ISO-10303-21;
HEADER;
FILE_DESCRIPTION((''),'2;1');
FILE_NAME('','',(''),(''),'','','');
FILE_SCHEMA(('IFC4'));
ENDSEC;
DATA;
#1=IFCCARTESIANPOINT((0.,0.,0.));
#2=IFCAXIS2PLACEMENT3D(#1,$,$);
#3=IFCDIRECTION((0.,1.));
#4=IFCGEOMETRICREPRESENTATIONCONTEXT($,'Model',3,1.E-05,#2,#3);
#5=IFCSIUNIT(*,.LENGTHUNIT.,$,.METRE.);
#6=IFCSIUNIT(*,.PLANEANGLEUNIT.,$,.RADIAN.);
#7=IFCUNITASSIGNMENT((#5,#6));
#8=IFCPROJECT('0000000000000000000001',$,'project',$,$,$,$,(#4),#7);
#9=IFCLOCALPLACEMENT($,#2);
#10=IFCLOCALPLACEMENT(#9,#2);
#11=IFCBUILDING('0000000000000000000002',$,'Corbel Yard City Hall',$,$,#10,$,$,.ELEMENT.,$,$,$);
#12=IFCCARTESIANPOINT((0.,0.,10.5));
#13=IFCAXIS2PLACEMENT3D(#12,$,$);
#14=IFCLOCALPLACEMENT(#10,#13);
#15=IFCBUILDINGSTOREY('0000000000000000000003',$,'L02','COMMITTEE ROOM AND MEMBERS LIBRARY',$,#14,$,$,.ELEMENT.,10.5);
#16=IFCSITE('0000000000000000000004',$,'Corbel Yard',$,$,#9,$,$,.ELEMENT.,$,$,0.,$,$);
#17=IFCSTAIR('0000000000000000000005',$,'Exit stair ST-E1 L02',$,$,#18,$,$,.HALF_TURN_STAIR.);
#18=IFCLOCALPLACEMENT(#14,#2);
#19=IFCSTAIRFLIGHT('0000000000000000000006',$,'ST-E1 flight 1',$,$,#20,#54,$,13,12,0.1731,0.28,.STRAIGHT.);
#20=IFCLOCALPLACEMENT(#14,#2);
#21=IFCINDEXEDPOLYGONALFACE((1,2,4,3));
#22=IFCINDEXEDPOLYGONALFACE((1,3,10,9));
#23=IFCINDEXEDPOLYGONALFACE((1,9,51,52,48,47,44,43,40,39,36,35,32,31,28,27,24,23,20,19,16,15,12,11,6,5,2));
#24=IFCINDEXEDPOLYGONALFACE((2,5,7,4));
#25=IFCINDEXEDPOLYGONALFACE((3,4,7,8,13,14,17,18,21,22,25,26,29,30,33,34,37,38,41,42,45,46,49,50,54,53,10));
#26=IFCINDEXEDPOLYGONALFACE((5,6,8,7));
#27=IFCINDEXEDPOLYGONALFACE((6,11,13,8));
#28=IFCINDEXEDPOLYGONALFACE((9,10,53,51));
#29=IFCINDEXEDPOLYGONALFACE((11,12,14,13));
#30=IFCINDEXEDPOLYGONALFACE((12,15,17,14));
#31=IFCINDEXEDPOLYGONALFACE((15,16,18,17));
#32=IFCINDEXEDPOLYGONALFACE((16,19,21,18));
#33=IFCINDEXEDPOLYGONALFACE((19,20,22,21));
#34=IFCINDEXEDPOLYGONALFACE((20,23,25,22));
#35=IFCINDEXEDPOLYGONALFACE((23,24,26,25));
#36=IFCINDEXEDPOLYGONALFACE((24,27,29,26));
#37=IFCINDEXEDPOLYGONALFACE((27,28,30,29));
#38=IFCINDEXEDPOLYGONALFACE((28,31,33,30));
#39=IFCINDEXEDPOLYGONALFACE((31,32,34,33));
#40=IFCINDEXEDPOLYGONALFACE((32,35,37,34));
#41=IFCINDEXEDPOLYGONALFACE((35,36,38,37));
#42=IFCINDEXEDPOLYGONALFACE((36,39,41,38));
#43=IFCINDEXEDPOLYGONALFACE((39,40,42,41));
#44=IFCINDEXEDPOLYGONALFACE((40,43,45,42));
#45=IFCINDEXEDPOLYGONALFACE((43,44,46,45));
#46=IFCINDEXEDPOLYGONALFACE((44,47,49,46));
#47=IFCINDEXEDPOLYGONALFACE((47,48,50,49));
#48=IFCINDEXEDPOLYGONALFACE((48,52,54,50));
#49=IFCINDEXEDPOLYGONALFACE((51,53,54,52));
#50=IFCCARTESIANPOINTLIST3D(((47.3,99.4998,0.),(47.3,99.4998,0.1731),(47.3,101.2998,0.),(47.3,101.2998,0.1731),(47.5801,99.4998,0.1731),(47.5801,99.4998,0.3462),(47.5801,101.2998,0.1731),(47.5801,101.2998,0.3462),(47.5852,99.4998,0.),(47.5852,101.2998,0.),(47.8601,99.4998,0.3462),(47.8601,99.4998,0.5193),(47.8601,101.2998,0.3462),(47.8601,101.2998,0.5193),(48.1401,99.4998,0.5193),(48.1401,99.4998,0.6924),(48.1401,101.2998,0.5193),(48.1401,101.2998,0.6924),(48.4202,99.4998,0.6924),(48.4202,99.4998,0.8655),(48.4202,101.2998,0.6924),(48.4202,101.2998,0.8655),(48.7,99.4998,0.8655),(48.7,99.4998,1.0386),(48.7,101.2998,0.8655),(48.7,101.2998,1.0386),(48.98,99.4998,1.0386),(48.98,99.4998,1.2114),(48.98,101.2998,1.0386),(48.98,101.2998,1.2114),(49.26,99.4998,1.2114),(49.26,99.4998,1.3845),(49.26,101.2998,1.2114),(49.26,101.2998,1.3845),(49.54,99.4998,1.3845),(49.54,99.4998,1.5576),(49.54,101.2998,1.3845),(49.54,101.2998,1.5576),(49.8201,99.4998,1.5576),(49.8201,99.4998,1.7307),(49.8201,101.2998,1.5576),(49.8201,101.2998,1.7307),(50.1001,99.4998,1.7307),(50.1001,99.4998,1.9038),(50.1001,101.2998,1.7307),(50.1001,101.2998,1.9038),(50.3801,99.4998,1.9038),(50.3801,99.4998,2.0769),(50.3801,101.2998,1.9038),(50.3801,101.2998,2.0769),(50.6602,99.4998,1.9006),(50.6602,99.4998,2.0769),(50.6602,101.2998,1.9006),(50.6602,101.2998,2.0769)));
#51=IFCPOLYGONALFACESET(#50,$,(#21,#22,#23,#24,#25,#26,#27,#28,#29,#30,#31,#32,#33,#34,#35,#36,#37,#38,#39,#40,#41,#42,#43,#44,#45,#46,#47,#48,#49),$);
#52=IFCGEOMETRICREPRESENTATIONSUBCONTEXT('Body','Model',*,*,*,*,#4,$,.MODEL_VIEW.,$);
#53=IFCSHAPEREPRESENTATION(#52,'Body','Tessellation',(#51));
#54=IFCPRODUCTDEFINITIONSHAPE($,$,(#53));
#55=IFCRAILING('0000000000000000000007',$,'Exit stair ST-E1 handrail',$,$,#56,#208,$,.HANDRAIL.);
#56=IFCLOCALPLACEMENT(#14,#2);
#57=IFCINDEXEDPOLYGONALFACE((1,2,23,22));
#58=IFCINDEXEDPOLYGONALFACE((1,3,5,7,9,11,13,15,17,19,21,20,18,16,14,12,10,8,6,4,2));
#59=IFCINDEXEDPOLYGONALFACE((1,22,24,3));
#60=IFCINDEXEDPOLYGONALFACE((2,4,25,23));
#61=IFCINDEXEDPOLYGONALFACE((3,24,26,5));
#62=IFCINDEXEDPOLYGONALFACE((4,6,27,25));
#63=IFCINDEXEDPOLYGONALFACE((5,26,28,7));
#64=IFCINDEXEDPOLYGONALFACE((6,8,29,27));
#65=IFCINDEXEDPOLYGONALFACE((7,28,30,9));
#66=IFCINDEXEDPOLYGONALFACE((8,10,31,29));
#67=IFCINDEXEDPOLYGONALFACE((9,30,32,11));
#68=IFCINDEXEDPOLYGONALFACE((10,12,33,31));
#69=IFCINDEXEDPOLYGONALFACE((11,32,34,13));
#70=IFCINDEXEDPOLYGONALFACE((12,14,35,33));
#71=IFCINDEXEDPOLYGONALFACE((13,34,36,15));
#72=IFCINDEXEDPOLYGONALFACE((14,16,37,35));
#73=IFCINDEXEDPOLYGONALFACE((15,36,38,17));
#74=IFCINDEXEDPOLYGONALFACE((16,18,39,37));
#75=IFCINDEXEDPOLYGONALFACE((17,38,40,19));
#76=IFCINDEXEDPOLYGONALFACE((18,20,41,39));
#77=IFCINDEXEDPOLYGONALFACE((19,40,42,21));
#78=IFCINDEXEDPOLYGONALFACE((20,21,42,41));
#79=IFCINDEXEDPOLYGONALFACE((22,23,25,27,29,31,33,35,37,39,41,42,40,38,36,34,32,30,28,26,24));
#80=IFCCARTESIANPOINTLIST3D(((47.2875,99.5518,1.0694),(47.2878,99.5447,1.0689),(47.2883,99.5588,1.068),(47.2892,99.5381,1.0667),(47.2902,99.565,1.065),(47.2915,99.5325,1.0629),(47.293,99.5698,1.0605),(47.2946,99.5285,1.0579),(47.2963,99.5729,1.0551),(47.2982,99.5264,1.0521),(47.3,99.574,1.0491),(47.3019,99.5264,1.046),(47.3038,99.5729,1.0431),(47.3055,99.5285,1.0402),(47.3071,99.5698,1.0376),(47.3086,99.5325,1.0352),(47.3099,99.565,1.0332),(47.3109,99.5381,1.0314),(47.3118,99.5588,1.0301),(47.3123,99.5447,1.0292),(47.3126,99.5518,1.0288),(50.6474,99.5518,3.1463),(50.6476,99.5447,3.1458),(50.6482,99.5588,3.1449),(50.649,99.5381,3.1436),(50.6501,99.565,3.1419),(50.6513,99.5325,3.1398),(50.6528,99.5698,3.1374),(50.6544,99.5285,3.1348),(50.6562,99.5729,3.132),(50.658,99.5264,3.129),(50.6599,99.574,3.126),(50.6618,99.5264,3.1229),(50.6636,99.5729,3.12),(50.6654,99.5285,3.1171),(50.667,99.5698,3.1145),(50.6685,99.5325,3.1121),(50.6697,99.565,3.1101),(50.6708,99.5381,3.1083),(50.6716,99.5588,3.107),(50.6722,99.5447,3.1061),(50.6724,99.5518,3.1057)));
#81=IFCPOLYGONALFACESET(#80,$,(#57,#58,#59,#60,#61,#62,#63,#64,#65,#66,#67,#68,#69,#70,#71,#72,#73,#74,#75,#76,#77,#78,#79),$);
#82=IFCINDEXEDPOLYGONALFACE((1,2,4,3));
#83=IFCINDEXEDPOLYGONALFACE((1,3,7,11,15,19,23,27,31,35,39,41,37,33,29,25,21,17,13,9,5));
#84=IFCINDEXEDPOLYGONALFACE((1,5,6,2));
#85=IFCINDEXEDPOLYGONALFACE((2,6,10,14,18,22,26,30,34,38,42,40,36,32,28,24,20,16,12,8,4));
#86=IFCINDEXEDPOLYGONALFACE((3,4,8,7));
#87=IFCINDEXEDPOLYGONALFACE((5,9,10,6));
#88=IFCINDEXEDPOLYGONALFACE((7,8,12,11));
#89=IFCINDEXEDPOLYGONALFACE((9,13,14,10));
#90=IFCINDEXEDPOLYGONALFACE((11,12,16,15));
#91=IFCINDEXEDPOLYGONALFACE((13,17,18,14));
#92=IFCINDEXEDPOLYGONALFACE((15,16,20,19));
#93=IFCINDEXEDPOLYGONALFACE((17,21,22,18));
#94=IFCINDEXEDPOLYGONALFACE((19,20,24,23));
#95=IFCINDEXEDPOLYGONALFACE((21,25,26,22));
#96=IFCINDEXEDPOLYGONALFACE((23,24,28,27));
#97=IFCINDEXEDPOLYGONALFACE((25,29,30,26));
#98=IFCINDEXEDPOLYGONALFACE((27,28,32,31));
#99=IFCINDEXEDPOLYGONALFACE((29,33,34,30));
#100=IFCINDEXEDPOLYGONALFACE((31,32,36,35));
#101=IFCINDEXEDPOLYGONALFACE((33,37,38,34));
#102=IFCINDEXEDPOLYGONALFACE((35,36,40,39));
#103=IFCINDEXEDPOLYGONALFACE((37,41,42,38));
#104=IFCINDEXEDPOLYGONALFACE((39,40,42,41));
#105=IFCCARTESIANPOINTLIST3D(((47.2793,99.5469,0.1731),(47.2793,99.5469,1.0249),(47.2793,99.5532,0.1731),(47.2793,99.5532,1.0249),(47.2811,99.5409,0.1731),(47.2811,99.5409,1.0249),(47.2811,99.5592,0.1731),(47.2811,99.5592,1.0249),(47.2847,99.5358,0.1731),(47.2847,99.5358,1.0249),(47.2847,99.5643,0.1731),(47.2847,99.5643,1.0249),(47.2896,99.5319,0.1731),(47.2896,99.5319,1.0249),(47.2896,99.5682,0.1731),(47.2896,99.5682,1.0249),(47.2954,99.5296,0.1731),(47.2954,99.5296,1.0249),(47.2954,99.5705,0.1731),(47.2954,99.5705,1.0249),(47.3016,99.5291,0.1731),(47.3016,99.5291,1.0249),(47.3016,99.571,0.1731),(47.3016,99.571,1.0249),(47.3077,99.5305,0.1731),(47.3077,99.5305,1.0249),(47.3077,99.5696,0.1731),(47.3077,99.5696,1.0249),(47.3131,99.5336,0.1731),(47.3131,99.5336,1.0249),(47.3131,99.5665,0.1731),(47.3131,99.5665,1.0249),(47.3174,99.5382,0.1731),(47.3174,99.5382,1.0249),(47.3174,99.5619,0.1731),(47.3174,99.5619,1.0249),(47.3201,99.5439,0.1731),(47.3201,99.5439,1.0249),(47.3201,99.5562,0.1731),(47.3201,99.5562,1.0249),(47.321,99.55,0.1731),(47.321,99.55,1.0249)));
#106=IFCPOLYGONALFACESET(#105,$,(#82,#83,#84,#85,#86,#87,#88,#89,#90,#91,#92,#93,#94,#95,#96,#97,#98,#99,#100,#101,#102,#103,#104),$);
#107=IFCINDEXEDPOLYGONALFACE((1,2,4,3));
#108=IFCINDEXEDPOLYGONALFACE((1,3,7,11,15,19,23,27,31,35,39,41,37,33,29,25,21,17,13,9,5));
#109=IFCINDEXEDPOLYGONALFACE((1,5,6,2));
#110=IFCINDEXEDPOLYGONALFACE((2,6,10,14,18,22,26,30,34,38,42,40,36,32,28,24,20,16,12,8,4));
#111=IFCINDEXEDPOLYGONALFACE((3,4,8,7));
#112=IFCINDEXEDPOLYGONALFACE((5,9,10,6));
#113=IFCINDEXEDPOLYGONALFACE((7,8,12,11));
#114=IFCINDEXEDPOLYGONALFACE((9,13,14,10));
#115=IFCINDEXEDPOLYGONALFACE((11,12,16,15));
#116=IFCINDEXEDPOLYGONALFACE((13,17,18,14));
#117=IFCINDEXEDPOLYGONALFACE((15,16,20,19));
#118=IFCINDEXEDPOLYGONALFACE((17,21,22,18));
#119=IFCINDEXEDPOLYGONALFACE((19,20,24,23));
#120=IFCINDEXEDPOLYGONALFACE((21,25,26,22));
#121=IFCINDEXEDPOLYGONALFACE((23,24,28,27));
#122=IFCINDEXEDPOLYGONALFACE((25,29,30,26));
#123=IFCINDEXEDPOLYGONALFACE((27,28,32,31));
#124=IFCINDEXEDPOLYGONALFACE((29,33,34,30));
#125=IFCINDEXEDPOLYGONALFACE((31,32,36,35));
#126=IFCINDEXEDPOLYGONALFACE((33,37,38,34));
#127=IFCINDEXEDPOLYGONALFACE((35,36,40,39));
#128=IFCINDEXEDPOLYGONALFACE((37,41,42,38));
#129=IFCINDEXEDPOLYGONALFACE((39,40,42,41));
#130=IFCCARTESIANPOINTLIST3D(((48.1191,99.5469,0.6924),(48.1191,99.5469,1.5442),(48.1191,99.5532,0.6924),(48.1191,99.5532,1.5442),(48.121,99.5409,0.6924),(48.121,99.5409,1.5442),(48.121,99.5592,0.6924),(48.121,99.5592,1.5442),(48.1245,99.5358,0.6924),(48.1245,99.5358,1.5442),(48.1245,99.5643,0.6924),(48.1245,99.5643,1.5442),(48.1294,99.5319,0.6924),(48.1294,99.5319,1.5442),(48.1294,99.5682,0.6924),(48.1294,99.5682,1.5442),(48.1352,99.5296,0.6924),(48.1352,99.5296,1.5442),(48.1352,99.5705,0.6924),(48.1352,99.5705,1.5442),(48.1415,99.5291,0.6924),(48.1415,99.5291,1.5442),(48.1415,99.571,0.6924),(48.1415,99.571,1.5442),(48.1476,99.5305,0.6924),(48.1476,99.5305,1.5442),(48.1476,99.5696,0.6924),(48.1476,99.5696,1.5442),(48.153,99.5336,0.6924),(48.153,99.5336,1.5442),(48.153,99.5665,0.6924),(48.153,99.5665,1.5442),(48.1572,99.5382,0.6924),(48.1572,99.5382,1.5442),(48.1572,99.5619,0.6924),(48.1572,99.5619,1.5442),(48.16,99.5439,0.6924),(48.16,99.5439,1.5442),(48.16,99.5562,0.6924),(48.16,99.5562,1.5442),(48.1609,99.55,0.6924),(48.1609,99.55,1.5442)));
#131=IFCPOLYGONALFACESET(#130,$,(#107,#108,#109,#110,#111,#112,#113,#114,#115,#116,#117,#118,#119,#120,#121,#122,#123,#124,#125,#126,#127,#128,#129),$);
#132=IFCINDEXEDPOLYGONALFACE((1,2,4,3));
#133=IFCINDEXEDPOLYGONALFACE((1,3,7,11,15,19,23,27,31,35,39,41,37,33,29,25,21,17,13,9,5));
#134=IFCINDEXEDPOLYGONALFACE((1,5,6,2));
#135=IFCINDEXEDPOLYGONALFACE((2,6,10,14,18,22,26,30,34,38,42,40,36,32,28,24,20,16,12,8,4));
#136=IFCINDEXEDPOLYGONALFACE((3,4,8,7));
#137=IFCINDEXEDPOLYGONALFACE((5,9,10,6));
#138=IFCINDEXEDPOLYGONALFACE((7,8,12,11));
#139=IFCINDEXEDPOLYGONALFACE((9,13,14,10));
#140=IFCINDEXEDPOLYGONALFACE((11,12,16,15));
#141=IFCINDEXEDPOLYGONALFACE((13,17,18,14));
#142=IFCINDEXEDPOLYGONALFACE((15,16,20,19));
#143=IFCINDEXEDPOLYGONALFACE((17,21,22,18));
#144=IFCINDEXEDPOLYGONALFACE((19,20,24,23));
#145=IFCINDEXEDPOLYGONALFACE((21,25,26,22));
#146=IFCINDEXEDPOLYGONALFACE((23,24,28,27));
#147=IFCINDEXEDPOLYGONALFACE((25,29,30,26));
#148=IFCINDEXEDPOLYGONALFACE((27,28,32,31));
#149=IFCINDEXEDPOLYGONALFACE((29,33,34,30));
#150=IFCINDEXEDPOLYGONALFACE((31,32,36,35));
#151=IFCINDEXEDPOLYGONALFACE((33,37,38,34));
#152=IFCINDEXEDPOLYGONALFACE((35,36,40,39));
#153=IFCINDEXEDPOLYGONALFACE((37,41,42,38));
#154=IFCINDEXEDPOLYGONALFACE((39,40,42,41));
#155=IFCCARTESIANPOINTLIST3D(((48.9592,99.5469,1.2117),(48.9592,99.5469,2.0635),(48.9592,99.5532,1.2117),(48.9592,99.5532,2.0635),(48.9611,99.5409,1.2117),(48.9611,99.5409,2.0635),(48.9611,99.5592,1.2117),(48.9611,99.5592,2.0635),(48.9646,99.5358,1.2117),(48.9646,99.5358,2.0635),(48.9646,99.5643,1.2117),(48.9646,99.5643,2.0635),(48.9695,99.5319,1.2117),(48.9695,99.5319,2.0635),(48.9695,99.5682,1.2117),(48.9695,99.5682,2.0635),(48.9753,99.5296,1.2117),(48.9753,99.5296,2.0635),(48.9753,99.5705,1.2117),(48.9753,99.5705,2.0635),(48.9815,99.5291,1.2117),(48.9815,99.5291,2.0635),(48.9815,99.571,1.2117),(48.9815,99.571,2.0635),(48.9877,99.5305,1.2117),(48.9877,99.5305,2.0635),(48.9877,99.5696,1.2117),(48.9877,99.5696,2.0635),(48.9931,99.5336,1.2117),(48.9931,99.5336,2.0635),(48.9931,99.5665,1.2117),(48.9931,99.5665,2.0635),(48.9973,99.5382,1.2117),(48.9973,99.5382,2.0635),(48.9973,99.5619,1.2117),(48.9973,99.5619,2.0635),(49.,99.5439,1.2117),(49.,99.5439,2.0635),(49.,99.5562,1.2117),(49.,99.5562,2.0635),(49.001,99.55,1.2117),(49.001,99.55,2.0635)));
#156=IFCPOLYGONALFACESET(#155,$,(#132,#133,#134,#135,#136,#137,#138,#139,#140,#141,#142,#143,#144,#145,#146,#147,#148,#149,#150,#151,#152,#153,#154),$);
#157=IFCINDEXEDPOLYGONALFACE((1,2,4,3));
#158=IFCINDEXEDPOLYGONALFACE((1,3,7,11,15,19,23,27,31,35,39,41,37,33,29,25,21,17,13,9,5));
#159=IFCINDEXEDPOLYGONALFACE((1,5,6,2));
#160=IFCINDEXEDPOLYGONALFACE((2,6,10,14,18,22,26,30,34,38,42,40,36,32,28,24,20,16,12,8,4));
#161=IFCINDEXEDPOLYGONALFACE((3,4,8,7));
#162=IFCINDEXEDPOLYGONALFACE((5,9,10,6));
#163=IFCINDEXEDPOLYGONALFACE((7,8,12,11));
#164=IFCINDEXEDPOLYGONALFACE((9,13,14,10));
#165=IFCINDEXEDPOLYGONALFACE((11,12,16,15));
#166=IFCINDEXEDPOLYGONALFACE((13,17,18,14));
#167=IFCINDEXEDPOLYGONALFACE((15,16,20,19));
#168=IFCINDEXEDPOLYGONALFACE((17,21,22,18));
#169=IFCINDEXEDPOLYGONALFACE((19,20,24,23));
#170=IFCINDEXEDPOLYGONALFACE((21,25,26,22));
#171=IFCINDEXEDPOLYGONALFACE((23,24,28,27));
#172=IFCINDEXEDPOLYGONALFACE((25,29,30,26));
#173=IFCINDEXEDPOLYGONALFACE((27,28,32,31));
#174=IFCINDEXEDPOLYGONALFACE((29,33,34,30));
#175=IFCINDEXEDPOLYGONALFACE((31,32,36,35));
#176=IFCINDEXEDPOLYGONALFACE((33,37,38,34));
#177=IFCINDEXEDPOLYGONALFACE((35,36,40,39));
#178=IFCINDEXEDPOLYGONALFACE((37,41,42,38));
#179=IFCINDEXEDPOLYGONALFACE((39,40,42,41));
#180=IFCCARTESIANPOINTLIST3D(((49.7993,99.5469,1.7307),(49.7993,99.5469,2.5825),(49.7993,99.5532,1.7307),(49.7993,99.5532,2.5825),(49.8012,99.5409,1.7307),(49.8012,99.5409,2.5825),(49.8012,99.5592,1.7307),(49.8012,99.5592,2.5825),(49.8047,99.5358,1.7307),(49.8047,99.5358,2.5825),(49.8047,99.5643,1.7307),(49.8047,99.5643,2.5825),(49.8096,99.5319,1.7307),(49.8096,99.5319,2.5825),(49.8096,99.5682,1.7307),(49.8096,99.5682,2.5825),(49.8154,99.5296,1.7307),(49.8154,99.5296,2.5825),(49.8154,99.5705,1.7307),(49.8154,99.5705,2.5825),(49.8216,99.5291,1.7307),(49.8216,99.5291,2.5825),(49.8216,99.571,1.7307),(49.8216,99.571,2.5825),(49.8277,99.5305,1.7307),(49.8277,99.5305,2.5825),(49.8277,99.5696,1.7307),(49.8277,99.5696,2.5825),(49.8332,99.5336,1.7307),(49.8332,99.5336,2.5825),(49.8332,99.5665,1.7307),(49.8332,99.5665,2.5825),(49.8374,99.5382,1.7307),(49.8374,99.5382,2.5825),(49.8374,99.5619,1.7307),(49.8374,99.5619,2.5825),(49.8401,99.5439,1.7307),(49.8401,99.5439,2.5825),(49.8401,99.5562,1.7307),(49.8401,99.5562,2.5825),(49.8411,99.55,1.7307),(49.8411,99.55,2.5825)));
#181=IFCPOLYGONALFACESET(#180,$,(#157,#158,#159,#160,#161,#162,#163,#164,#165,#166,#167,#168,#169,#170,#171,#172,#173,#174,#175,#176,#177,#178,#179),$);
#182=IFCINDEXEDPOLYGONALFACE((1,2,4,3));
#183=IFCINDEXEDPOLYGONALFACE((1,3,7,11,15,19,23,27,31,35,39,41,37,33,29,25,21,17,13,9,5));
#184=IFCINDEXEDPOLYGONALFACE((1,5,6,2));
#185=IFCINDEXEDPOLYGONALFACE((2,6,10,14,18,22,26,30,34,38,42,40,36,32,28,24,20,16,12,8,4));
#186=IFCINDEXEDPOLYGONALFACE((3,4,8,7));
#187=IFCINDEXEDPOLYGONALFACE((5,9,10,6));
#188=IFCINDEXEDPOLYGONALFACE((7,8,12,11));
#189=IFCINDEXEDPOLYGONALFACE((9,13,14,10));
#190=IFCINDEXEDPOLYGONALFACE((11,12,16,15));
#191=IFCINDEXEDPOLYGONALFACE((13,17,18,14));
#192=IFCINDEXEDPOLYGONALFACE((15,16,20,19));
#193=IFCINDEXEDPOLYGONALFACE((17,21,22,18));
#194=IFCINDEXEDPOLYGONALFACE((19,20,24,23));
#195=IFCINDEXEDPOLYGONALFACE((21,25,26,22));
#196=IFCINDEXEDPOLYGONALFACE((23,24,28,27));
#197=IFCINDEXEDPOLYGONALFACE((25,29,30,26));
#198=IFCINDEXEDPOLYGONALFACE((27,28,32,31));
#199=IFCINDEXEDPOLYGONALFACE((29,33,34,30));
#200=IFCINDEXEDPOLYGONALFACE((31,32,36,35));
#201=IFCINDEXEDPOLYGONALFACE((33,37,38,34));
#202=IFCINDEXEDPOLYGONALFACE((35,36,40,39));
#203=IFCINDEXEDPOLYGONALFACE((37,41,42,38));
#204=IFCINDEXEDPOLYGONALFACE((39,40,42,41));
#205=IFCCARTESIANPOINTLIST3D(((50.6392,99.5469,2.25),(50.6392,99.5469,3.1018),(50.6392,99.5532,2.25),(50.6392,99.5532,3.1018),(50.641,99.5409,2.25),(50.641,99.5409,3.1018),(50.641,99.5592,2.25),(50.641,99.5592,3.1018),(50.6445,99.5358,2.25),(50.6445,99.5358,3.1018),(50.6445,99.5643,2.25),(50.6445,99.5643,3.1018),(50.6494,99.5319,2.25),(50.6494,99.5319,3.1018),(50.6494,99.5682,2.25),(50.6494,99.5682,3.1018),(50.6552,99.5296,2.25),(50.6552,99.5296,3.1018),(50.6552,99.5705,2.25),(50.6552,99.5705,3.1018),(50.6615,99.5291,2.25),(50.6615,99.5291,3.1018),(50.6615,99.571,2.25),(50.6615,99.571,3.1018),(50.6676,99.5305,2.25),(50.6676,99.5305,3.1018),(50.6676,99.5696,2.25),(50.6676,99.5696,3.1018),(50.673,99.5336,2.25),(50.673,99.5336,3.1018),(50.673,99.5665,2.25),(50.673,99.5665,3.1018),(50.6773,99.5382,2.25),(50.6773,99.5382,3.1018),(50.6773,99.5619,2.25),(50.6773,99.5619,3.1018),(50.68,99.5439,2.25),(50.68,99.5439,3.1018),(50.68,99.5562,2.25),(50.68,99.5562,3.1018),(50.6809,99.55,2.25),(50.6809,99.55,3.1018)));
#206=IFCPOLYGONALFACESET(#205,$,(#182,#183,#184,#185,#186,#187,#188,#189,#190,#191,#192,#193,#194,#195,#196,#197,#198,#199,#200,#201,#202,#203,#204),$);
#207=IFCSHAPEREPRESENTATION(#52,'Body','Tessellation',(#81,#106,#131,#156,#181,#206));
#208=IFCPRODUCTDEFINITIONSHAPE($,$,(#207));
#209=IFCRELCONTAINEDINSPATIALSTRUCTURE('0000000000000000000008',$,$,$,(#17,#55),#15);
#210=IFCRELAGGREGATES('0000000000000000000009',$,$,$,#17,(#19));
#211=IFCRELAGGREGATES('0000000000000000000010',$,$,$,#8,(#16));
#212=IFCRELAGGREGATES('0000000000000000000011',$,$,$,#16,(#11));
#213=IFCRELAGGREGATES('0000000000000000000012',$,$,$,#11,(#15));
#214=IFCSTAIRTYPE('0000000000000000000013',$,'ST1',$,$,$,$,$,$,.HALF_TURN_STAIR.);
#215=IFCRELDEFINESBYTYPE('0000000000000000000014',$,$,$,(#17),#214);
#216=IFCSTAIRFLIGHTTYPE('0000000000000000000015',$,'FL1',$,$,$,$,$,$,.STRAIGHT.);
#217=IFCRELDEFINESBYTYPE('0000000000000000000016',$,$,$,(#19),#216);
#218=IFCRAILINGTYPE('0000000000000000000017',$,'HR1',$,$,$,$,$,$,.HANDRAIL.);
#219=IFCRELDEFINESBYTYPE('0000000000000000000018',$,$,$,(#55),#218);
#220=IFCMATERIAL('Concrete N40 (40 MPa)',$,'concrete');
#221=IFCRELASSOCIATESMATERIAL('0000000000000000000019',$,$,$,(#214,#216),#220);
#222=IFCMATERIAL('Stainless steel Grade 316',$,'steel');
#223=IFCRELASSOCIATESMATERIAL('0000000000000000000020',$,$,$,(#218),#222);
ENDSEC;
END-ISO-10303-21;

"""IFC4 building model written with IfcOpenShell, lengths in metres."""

from ifc_helpers import new_model, si_unit, direction, frame, origin, origin_2d, place, context, subcontext, project, spatial, polyline, circle, outline, extrude, material, type_object, element, aggregate, save


model = new_model("IFC4")

# Units and contexts
model_context = context("Model", 3, precision=1e-05, world=origin(), true_north=direction((0.0, 1.0)))
body_context = subcontext(model_context, "Body", "Model", "MODEL_VIEW")
ifc_project = project(units=[si_unit("LENGTHUNIT", "METRE"), si_unit("PLANEANGLEUNIT", "RADIAN")], contexts=[model_context])

# Site, building, storey
site_placement = place(None, origin())
site = spatial("IfcSite", under=ifc_project, at=site_placement, Name="Corbel Yard", CompositionType="ELEMENT", RefElevation=0.0)
building_placement = place(site_placement, origin())
building = spatial("IfcBuilding", under=site, at=building_placement, Name="Corbel Yard City Hall", CompositionType="ELEMENT")
storey_placement = place(building_placement, frame((0.0, 0.0, 10.5)))
storey = spatial("IfcBuildingStorey", under=building, at=storey_placement, Name="L02", Description="COMMITTEE ROOM AND MEMBERS LIBRARY", CompositionType="ELEMENT", Elevation=10.5)

# Shared definitions
ifc_material_1 = material(Name="Concrete N40 (40 MPa)", Category="concrete")

# Stair, stair flight
stair_type = type_object("IfcStairType", Name="ST1", PredefinedType="HALF_TURN_STAIR", material=ifc_material_1)
stair_placement = place(storey_placement, origin())
stair = element("IfcStair", 1, at=stair_placement, inside=storey, type_object=stair_type, Name="Exit stair ST-E1 L02", PredefinedType="HALF_TURN_STAIR")
stair_flight_type = type_object("IfcStairFlightType", Name="FL1", PredefinedType="STRAIGHT", material=ifc_material_1)
stair_flight_placement = place(storey_placement, frame((47.3, 100.3999, 0.0), z_axis=(0.0, 0.0, 1.0), x_axis=(1.0, 0.0, 0.0)))
stair_flight = element("IfcStairFlight", 2, at=stair_flight_placement, type_object=stair_flight_type, Name="ST-E1 flight 1", NumberOfRisers=13, NumberOfTreads=12, PredefinedType="STRAIGHT", RiserHeight=0.1731, TreadLength=0.28, context=body_context, shape_type="SweptSolid", body=[
    extrude(outline(polyline([(0.0, 0.0), (0.0, 0.1731), (0.28, 0.1731), (0.28, 0.3462), (0.5601, 0.3462), (0.5601, 0.5193), (0.8401, 0.5193), (0.8401, 0.6924), (1.1201, 0.6924), (1.1201, 0.8655), (1.3999, 0.8655), (1.3999, 1.0386), (1.6799, 1.0386), (1.6799, 1.2114), (1.96, 1.2114), (1.96, 1.3845), (2.24, 1.3845), (2.24, 1.5576), (2.52, 1.5576), (2.52, 1.7307), (2.8, 1.7307), (2.8, 1.9038), (3.0801, 1.9038), (3.0801, 2.0769), (3.3601, 2.0769), (3.3601, 2.25), (3.3601, 1.9006), (0.2852, 0.0), (0.0, 0.0)])), frame((0.0, 0.8999, 0.0), z_axis=(0.0, -1.0, 0.0), x_axis=(1.0, 0.0, 0.0)), (0.0, 0.0, 1.0), 1.8),
])
aggregate(stair, [stair_flight])

# Railing
ifc_material_2 = material(Name="Stainless steel Grade 316", Category="steel")
railing_type = type_object("IfcRailingType", Name="HR1", PredefinedType="HANDRAIL", material=ifc_material_2)
for number, where, name in (
    (3, (47.3, 99.55, 0.1731), "Exit stair ST-E1 handrail"),
):
    element("IfcRailing", number, at=place(storey_placement, frame(where)), inside=storey, type_object=railing_type, Name=name, PredefinedType="HANDRAIL", context=body_context, shape_type="SweptSolid", body=[
        extrude(circle(Radius=0.0239, at=origin_2d()), frame((0.0, 0.0, 0.876), z_axis=(0.850606, 0.0, 0.525803), x_axis=(0.0, 1.0, 0.0)), (0.0, 0.0, 1.0), 3.95),
        extrude(circle(Radius=0.021, at=origin_2d()), origin(), (0.0, 0.0, 1.0), 0.8518),
        extrude(circle(Radius=0.021, at=origin_2d()), frame((0.8398, 0.0, 0.5193)), (0.0, 0.0, 1.0), 0.8518),
        extrude(circle(Radius=0.021, at=origin_2d()), frame((1.6799, 0.0, 1.0386)), (0.0, 0.0, 1.0), 0.8518),
        extrude(circle(Radius=0.021, at=origin_2d()), frame((2.52, 0.0, 1.5576)), (0.0, 0.0, 1.0), 0.8518),
        extrude(circle(Radius=0.021, at=origin_2d()), frame((3.3599, 0.0, 2.0769)), (0.0, 0.0, 1.0), 0.8518),
    ])

save(model, "model.ifc")
